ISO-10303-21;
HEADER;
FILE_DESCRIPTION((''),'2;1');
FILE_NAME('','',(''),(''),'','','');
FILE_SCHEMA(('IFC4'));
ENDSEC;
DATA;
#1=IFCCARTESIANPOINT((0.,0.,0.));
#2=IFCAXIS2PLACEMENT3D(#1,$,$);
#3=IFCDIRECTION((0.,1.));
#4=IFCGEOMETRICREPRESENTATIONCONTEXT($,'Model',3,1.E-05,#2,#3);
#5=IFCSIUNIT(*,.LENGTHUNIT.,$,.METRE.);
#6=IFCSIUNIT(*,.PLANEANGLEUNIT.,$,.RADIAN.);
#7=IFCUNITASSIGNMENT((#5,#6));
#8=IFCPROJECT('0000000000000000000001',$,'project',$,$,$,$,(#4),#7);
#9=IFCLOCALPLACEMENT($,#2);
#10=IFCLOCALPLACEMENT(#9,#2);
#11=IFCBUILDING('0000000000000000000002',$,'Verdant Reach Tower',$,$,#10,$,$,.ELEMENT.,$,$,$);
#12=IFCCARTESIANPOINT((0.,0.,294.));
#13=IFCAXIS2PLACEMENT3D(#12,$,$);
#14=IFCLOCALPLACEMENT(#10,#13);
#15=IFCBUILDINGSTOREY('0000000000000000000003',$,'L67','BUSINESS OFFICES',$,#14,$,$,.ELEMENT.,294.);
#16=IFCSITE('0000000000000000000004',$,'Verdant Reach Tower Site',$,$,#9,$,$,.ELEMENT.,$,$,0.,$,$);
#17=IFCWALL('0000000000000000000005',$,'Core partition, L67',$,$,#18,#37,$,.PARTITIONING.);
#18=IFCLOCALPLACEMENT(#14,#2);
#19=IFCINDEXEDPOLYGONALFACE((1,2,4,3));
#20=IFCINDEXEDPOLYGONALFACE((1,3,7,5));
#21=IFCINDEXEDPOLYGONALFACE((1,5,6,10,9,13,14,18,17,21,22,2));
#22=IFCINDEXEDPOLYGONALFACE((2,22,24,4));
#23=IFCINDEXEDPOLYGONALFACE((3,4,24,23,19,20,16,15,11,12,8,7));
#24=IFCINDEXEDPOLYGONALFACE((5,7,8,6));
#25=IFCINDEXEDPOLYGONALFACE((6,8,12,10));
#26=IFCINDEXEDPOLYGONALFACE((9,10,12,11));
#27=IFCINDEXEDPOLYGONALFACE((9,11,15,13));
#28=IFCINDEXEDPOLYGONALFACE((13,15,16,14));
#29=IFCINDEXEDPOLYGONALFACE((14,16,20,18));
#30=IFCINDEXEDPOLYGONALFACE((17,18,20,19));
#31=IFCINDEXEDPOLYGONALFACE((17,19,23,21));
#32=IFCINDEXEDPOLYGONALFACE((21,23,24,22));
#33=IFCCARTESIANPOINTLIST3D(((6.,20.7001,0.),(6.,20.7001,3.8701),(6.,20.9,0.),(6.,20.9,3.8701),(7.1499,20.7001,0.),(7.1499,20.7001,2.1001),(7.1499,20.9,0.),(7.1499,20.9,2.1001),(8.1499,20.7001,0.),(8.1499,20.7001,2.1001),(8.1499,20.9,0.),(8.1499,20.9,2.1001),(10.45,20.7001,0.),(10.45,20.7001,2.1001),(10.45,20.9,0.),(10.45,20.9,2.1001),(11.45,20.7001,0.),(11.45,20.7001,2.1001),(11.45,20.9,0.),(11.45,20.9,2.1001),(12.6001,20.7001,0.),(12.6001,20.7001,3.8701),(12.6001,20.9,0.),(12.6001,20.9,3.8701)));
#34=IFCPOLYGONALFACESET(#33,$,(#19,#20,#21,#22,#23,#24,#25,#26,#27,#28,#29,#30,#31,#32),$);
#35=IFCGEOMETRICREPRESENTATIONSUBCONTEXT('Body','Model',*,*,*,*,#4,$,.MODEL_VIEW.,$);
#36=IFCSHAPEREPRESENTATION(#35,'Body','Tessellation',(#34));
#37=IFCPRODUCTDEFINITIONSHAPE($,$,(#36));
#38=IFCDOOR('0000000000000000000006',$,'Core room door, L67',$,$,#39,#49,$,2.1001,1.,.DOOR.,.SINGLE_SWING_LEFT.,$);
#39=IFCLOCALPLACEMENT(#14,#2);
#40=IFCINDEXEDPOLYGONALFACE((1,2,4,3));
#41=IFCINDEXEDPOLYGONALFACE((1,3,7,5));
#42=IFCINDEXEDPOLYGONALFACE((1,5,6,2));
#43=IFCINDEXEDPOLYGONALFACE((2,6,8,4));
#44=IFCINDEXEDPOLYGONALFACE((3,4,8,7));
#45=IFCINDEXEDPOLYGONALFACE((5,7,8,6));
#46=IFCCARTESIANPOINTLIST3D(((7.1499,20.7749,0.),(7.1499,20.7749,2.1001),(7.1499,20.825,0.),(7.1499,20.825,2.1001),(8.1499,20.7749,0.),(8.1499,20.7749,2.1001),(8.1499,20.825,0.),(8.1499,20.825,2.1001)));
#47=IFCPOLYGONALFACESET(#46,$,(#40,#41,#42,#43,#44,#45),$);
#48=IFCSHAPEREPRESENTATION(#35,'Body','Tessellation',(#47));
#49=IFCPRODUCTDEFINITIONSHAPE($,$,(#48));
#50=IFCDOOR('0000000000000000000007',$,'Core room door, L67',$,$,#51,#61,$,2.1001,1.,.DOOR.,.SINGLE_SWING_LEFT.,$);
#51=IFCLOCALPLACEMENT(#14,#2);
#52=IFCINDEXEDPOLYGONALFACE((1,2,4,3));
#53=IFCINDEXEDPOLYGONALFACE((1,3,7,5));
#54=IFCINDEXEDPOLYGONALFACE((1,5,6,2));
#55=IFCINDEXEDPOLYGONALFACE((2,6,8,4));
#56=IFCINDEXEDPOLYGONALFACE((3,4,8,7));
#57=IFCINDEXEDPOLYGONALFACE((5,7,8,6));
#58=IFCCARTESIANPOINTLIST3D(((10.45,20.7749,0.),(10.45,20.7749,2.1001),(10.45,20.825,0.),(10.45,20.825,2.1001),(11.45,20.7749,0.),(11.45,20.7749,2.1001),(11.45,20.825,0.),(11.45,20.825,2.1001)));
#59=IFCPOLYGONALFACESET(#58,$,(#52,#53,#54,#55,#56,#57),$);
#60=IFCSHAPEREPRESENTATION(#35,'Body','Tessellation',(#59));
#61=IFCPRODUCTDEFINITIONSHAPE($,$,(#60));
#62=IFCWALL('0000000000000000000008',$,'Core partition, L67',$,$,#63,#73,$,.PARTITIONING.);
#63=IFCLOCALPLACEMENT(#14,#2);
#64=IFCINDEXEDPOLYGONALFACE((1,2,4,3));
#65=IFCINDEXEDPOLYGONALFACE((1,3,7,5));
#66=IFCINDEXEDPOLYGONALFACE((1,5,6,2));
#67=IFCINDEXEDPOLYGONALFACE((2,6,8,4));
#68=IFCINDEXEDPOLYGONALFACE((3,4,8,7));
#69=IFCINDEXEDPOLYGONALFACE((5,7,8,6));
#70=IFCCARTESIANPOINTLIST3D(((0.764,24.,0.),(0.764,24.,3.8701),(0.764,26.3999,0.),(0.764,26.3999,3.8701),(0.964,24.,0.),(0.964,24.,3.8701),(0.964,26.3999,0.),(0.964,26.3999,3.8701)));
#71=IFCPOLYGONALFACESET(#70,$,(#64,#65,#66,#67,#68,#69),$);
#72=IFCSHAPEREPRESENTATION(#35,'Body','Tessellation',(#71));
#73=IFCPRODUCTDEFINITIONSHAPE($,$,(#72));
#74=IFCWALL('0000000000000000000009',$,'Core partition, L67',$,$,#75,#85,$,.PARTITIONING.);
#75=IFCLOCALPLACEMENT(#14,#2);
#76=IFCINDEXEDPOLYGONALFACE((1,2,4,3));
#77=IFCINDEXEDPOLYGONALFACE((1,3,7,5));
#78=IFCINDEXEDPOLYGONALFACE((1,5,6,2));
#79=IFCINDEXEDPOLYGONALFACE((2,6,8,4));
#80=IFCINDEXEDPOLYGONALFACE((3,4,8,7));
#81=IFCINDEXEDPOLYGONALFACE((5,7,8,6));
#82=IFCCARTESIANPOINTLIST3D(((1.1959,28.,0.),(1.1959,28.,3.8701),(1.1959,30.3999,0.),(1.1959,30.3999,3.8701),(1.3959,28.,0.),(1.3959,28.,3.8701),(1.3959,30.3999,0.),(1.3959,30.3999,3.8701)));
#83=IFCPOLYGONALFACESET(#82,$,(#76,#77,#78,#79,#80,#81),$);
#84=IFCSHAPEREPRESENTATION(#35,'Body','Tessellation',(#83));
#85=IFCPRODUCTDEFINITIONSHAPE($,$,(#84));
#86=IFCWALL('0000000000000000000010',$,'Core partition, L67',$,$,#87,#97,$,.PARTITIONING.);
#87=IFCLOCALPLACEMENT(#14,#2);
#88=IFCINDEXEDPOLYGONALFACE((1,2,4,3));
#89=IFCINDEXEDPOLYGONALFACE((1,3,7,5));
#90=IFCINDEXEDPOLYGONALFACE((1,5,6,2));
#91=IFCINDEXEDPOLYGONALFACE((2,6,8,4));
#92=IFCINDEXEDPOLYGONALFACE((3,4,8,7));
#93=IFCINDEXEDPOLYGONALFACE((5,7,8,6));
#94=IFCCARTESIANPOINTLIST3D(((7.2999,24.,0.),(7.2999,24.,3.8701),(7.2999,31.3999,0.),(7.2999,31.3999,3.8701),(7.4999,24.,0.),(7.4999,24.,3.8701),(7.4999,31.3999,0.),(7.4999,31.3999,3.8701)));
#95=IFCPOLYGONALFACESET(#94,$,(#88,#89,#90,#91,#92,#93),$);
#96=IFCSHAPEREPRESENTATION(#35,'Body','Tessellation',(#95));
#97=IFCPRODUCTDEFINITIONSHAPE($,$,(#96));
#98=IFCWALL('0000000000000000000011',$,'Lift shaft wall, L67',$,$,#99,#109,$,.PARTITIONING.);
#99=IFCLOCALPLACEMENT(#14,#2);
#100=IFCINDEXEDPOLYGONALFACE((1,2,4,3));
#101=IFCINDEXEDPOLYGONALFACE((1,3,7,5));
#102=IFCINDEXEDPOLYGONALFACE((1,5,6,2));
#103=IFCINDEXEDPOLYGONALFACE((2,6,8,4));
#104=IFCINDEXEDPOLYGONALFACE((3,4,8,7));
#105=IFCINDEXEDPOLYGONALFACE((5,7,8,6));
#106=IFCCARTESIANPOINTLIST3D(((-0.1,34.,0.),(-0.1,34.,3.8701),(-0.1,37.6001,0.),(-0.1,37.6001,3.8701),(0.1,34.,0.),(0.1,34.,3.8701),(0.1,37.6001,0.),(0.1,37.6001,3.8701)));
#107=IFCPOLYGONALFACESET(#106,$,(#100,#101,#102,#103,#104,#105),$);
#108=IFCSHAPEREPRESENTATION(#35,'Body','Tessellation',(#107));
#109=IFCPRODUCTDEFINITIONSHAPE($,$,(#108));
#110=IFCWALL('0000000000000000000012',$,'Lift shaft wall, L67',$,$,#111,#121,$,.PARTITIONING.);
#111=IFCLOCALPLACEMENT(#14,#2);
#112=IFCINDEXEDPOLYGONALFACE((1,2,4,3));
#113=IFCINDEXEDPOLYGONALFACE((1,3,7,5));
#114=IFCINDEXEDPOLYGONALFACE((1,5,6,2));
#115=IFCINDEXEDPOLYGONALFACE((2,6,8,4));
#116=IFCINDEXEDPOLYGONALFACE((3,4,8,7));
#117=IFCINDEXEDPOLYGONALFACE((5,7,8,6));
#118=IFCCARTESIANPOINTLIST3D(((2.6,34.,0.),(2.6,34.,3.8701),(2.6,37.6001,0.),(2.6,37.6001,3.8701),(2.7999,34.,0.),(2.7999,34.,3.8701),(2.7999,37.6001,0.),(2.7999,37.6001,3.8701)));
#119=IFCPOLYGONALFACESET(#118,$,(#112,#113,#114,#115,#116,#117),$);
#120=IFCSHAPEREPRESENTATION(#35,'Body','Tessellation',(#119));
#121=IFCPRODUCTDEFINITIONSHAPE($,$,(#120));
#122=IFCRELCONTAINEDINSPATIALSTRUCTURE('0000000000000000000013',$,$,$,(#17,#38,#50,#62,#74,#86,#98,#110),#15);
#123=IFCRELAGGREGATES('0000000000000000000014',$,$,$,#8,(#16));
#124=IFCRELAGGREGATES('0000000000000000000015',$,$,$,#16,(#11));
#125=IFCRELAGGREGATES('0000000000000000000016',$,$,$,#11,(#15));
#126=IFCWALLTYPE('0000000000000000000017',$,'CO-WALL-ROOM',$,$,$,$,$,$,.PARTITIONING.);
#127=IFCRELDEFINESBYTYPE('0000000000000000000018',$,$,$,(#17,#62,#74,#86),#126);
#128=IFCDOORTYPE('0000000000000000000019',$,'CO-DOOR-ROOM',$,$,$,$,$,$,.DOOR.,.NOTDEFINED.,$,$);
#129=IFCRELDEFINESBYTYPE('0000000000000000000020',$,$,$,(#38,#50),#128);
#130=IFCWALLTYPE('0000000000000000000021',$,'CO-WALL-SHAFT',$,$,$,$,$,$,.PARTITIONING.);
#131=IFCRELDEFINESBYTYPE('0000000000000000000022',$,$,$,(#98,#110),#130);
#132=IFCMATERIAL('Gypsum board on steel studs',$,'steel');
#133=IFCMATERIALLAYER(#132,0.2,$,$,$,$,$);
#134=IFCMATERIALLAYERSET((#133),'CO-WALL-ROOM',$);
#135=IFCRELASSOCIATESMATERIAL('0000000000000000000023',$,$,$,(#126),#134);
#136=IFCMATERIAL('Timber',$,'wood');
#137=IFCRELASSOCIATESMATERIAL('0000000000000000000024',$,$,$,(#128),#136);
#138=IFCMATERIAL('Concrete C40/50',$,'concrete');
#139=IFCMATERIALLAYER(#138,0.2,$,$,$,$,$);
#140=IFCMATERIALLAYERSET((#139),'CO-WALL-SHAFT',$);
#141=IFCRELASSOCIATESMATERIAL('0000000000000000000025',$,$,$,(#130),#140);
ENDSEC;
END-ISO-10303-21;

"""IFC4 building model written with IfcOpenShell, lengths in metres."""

from ifc_helpers import new_model, si_unit, direction, frame, frame_2d, origin, place, context, subcontext, project, spatial, rectangle, extrude, material, layer, layer_set, type_object, element, fill, save


model = new_model("IFC4")

# Units and contexts
model_context = context("Model", 3, precision=1e-05, world=origin(), true_north=direction((0.0, 1.0)))
body_context = subcontext(model_context, "Body", "Model", "MODEL_VIEW")
ifc_project = project(units=[si_unit("LENGTHUNIT", "METRE"), si_unit("PLANEANGLEUNIT", "RADIAN")], contexts=[model_context])

# Site, building, storey
site_placement = place(None, origin())
site = spatial("IfcSite", under=ifc_project, at=site_placement, Name="Verdant Reach Tower Site", CompositionType="ELEMENT", RefElevation=0.0)
building_placement = place(site_placement, origin())
building = spatial("IfcBuilding", under=site, at=building_placement, Name="Verdant Reach Tower", CompositionType="ELEMENT")
storey_placement = place(building_placement, frame((0.0, 0.0, 294.0)))
storey = spatial("IfcBuildingStorey", under=building, at=storey_placement, Name="L67", Description="BUSINESS OFFICES", CompositionType="ELEMENT", Elevation=294.0)

# Wall, openings, doors
ifc_material_1 = material(Name="Gypsum board on steel studs", Category="steel")
ifc_layer_1 = layer(ifc_material_1, 0.2)
ifc_layer_set_1 = layer_set([ifc_layer_1], Name="CO-WALL-ROOM")
wall_type_1 = type_object("IfcWallType", Name="CO-WALL-ROOM", PredefinedType="PARTITIONING", material=ifc_layer_set_1)
wall_1_placement = place(storey_placement, frame((6.0, 20.8, 0.0), z_axis=(0.0, 0.0, 1.0), x_axis=(1.0, 0.0, 0.0)))
wall_1 = element("IfcWall", 1, at=wall_1_placement, inside=storey, type_object=wall_type_1, Name="Core partition, L67", PredefinedType="PARTITIONING", context=body_context, shape_type="SweptSolid", body=[
    extrude(rectangle(XDim=6.6001, YDim=0.2, at=frame_2d((3.3, 0.0))), origin(), (0.0, 0.0, 1.0), 3.8701),
])
opening_1_placement = place(wall_1_placement, frame((1.1499, 0.0, 0.0)))
opening_1 = element("IfcOpeningElement", 2, at=opening_1_placement, cuts=wall_1, PredefinedType="OPENING", context=body_context, shape_type="SweptSolid", body=[
    extrude(rectangle(XDim=1.0, YDim=2.1001, at=frame_2d((0.5, 1.05))), frame((0.0, 0.1099, 0.0), z_axis=(0.0, -1.0, 0.0), x_axis=(1.0, 0.0, 0.0)), (0.0, 0.0, 1.0), 0.22),
])
opening_2_placement = place(wall_1_placement, frame((4.45, 0.0, 0.0)))
opening_2 = element("IfcOpeningElement", 3, at=opening_2_placement, cuts=wall_1, PredefinedType="OPENING", context=body_context, shape_type="SweptSolid", body=[
    extrude(rectangle(XDim=1.0, YDim=2.1001, at=frame_2d((0.5, 1.05))), frame((0.0, 0.1099, 0.0), z_axis=(0.0, -1.0, 0.0), x_axis=(1.0, 0.0, 0.0)), (0.0, 0.0, 1.0), 0.22),
])
ifc_material_2 = material(Name="Timber", Category="wood")
door_type_1 = type_object("IfcDoorType", Name="CO-DOOR-ROOM", OperationType="NOTDEFINED", PredefinedType="DOOR", material=ifc_material_2)
door_1_placement = place(opening_1_placement, origin())
door_1 = element("IfcDoor", 4, at=door_1_placement, inside=storey, type_object=door_type_1, Name="Core room door, L67", OperationType="SINGLE_SWING_LEFT", OverallHeight=2.1001, OverallWidth=1.0, PredefinedType="DOOR", context=body_context, shape_type="SweptSolid", body=[
    extrude(rectangle(XDim=1.0, YDim=2.1001, at=frame_2d((0.5, 1.05))), frame((0.0, 0.0249, 0.0), z_axis=(0.0, -1.0, 0.0), x_axis=(1.0, 0.0, 0.0)), (0.0, 0.0, 1.0), 0.05),
])
fill(opening_1, door_1)
door_2_placement = place(opening_2_placement, origin())
door_2 = element("IfcDoor", 5, at=door_2_placement, inside=storey, type_object=door_type_1, Name="Core room door, L67", OperationType="SINGLE_SWING_LEFT", OverallHeight=2.1001, OverallWidth=1.0, PredefinedType="DOOR", context=body_context, shape_type="SweptSolid", body=[
    extrude(rectangle(XDim=1.0, YDim=2.1001, at=frame_2d((0.5, 1.05))), frame((0.0, 0.0249, 0.0), z_axis=(0.0, -1.0, 0.0), x_axis=(1.0, 0.0, 0.0)), (0.0, 0.0, 1.0), 0.05),
])
fill(opening_2, door_2)

# Walls
for number, where, z_axis, x_axis, name in (
    (6, (0.864, 24.0, 0.0), (0.0, 0.0, 1.0), (0.0, 1.0, 0.0), "Core partition, L67"),
    (7, (1.2959, 28.0, 0.0), (0.0, 0.0, 1.0), (0.0, 1.0, 0.0), "Core partition, L67"),
):
    element("IfcWall", number, at=place(storey_placement, frame(where, z_axis=z_axis, x_axis=x_axis)), inside=storey, type_object=wall_type_1, Name=name, PredefinedType="PARTITIONING", context=body_context, shape_type="SweptSolid", body=[
        extrude(rectangle(XDim=2.3999, YDim=0.2, at=frame_2d((1.2, 0.0))), origin(), (0.0, 0.0, 1.0), 3.8701),
    ])
wall_2_placement = place(storey_placement, frame((7.3999, 24.0, 0.0), z_axis=(0.0, 0.0, 1.0), x_axis=(0.0, 1.0, 0.0)))
element("IfcWall", 8, at=wall_2_placement, inside=storey, type_object=wall_type_1, Name="Core partition, L67", PredefinedType="PARTITIONING", context=body_context, shape_type="SweptSolid", body=[
    extrude(rectangle(XDim=7.3999, YDim=0.2, at=frame_2d((3.7, 0.0))), origin(), (0.0, 0.0, 1.0), 3.8701),
])
ifc_material_3 = material(Name="Concrete C40/50", Category="concrete")
ifc_layer_2 = layer(ifc_material_3, 0.2)
ifc_layer_set_2 = layer_set([ifc_layer_2], Name="CO-WALL-SHAFT")
wall_type_2 = type_object("IfcWallType", Name="CO-WALL-SHAFT", PredefinedType="PARTITIONING", material=ifc_layer_set_2)
for number, where, z_axis, x_axis, name in (
    (9, (0.0, 34.0, 0.0), (0.0, 0.0, 1.0), (0.0, 1.0, 0.0), "Lift shaft wall, L67"),
    (10, (2.7, 34.0, 0.0), (0.0, 0.0, 1.0), (0.0, 1.0, 0.0), "Lift shaft wall, L67"),
):
    element("IfcWall", number, at=place(storey_placement, frame(where, z_axis=z_axis, x_axis=x_axis)), inside=storey, type_object=wall_type_2, Name=name, PredefinedType="PARTITIONING", context=body_context, shape_type="SweptSolid", body=[
        extrude(rectangle(XDim=3.6001, YDim=0.2, at=frame_2d((1.8, 0.0))), origin(), (0.0, 0.0, 1.0), 3.8701),
    ])

save(model, "model.ifc")
